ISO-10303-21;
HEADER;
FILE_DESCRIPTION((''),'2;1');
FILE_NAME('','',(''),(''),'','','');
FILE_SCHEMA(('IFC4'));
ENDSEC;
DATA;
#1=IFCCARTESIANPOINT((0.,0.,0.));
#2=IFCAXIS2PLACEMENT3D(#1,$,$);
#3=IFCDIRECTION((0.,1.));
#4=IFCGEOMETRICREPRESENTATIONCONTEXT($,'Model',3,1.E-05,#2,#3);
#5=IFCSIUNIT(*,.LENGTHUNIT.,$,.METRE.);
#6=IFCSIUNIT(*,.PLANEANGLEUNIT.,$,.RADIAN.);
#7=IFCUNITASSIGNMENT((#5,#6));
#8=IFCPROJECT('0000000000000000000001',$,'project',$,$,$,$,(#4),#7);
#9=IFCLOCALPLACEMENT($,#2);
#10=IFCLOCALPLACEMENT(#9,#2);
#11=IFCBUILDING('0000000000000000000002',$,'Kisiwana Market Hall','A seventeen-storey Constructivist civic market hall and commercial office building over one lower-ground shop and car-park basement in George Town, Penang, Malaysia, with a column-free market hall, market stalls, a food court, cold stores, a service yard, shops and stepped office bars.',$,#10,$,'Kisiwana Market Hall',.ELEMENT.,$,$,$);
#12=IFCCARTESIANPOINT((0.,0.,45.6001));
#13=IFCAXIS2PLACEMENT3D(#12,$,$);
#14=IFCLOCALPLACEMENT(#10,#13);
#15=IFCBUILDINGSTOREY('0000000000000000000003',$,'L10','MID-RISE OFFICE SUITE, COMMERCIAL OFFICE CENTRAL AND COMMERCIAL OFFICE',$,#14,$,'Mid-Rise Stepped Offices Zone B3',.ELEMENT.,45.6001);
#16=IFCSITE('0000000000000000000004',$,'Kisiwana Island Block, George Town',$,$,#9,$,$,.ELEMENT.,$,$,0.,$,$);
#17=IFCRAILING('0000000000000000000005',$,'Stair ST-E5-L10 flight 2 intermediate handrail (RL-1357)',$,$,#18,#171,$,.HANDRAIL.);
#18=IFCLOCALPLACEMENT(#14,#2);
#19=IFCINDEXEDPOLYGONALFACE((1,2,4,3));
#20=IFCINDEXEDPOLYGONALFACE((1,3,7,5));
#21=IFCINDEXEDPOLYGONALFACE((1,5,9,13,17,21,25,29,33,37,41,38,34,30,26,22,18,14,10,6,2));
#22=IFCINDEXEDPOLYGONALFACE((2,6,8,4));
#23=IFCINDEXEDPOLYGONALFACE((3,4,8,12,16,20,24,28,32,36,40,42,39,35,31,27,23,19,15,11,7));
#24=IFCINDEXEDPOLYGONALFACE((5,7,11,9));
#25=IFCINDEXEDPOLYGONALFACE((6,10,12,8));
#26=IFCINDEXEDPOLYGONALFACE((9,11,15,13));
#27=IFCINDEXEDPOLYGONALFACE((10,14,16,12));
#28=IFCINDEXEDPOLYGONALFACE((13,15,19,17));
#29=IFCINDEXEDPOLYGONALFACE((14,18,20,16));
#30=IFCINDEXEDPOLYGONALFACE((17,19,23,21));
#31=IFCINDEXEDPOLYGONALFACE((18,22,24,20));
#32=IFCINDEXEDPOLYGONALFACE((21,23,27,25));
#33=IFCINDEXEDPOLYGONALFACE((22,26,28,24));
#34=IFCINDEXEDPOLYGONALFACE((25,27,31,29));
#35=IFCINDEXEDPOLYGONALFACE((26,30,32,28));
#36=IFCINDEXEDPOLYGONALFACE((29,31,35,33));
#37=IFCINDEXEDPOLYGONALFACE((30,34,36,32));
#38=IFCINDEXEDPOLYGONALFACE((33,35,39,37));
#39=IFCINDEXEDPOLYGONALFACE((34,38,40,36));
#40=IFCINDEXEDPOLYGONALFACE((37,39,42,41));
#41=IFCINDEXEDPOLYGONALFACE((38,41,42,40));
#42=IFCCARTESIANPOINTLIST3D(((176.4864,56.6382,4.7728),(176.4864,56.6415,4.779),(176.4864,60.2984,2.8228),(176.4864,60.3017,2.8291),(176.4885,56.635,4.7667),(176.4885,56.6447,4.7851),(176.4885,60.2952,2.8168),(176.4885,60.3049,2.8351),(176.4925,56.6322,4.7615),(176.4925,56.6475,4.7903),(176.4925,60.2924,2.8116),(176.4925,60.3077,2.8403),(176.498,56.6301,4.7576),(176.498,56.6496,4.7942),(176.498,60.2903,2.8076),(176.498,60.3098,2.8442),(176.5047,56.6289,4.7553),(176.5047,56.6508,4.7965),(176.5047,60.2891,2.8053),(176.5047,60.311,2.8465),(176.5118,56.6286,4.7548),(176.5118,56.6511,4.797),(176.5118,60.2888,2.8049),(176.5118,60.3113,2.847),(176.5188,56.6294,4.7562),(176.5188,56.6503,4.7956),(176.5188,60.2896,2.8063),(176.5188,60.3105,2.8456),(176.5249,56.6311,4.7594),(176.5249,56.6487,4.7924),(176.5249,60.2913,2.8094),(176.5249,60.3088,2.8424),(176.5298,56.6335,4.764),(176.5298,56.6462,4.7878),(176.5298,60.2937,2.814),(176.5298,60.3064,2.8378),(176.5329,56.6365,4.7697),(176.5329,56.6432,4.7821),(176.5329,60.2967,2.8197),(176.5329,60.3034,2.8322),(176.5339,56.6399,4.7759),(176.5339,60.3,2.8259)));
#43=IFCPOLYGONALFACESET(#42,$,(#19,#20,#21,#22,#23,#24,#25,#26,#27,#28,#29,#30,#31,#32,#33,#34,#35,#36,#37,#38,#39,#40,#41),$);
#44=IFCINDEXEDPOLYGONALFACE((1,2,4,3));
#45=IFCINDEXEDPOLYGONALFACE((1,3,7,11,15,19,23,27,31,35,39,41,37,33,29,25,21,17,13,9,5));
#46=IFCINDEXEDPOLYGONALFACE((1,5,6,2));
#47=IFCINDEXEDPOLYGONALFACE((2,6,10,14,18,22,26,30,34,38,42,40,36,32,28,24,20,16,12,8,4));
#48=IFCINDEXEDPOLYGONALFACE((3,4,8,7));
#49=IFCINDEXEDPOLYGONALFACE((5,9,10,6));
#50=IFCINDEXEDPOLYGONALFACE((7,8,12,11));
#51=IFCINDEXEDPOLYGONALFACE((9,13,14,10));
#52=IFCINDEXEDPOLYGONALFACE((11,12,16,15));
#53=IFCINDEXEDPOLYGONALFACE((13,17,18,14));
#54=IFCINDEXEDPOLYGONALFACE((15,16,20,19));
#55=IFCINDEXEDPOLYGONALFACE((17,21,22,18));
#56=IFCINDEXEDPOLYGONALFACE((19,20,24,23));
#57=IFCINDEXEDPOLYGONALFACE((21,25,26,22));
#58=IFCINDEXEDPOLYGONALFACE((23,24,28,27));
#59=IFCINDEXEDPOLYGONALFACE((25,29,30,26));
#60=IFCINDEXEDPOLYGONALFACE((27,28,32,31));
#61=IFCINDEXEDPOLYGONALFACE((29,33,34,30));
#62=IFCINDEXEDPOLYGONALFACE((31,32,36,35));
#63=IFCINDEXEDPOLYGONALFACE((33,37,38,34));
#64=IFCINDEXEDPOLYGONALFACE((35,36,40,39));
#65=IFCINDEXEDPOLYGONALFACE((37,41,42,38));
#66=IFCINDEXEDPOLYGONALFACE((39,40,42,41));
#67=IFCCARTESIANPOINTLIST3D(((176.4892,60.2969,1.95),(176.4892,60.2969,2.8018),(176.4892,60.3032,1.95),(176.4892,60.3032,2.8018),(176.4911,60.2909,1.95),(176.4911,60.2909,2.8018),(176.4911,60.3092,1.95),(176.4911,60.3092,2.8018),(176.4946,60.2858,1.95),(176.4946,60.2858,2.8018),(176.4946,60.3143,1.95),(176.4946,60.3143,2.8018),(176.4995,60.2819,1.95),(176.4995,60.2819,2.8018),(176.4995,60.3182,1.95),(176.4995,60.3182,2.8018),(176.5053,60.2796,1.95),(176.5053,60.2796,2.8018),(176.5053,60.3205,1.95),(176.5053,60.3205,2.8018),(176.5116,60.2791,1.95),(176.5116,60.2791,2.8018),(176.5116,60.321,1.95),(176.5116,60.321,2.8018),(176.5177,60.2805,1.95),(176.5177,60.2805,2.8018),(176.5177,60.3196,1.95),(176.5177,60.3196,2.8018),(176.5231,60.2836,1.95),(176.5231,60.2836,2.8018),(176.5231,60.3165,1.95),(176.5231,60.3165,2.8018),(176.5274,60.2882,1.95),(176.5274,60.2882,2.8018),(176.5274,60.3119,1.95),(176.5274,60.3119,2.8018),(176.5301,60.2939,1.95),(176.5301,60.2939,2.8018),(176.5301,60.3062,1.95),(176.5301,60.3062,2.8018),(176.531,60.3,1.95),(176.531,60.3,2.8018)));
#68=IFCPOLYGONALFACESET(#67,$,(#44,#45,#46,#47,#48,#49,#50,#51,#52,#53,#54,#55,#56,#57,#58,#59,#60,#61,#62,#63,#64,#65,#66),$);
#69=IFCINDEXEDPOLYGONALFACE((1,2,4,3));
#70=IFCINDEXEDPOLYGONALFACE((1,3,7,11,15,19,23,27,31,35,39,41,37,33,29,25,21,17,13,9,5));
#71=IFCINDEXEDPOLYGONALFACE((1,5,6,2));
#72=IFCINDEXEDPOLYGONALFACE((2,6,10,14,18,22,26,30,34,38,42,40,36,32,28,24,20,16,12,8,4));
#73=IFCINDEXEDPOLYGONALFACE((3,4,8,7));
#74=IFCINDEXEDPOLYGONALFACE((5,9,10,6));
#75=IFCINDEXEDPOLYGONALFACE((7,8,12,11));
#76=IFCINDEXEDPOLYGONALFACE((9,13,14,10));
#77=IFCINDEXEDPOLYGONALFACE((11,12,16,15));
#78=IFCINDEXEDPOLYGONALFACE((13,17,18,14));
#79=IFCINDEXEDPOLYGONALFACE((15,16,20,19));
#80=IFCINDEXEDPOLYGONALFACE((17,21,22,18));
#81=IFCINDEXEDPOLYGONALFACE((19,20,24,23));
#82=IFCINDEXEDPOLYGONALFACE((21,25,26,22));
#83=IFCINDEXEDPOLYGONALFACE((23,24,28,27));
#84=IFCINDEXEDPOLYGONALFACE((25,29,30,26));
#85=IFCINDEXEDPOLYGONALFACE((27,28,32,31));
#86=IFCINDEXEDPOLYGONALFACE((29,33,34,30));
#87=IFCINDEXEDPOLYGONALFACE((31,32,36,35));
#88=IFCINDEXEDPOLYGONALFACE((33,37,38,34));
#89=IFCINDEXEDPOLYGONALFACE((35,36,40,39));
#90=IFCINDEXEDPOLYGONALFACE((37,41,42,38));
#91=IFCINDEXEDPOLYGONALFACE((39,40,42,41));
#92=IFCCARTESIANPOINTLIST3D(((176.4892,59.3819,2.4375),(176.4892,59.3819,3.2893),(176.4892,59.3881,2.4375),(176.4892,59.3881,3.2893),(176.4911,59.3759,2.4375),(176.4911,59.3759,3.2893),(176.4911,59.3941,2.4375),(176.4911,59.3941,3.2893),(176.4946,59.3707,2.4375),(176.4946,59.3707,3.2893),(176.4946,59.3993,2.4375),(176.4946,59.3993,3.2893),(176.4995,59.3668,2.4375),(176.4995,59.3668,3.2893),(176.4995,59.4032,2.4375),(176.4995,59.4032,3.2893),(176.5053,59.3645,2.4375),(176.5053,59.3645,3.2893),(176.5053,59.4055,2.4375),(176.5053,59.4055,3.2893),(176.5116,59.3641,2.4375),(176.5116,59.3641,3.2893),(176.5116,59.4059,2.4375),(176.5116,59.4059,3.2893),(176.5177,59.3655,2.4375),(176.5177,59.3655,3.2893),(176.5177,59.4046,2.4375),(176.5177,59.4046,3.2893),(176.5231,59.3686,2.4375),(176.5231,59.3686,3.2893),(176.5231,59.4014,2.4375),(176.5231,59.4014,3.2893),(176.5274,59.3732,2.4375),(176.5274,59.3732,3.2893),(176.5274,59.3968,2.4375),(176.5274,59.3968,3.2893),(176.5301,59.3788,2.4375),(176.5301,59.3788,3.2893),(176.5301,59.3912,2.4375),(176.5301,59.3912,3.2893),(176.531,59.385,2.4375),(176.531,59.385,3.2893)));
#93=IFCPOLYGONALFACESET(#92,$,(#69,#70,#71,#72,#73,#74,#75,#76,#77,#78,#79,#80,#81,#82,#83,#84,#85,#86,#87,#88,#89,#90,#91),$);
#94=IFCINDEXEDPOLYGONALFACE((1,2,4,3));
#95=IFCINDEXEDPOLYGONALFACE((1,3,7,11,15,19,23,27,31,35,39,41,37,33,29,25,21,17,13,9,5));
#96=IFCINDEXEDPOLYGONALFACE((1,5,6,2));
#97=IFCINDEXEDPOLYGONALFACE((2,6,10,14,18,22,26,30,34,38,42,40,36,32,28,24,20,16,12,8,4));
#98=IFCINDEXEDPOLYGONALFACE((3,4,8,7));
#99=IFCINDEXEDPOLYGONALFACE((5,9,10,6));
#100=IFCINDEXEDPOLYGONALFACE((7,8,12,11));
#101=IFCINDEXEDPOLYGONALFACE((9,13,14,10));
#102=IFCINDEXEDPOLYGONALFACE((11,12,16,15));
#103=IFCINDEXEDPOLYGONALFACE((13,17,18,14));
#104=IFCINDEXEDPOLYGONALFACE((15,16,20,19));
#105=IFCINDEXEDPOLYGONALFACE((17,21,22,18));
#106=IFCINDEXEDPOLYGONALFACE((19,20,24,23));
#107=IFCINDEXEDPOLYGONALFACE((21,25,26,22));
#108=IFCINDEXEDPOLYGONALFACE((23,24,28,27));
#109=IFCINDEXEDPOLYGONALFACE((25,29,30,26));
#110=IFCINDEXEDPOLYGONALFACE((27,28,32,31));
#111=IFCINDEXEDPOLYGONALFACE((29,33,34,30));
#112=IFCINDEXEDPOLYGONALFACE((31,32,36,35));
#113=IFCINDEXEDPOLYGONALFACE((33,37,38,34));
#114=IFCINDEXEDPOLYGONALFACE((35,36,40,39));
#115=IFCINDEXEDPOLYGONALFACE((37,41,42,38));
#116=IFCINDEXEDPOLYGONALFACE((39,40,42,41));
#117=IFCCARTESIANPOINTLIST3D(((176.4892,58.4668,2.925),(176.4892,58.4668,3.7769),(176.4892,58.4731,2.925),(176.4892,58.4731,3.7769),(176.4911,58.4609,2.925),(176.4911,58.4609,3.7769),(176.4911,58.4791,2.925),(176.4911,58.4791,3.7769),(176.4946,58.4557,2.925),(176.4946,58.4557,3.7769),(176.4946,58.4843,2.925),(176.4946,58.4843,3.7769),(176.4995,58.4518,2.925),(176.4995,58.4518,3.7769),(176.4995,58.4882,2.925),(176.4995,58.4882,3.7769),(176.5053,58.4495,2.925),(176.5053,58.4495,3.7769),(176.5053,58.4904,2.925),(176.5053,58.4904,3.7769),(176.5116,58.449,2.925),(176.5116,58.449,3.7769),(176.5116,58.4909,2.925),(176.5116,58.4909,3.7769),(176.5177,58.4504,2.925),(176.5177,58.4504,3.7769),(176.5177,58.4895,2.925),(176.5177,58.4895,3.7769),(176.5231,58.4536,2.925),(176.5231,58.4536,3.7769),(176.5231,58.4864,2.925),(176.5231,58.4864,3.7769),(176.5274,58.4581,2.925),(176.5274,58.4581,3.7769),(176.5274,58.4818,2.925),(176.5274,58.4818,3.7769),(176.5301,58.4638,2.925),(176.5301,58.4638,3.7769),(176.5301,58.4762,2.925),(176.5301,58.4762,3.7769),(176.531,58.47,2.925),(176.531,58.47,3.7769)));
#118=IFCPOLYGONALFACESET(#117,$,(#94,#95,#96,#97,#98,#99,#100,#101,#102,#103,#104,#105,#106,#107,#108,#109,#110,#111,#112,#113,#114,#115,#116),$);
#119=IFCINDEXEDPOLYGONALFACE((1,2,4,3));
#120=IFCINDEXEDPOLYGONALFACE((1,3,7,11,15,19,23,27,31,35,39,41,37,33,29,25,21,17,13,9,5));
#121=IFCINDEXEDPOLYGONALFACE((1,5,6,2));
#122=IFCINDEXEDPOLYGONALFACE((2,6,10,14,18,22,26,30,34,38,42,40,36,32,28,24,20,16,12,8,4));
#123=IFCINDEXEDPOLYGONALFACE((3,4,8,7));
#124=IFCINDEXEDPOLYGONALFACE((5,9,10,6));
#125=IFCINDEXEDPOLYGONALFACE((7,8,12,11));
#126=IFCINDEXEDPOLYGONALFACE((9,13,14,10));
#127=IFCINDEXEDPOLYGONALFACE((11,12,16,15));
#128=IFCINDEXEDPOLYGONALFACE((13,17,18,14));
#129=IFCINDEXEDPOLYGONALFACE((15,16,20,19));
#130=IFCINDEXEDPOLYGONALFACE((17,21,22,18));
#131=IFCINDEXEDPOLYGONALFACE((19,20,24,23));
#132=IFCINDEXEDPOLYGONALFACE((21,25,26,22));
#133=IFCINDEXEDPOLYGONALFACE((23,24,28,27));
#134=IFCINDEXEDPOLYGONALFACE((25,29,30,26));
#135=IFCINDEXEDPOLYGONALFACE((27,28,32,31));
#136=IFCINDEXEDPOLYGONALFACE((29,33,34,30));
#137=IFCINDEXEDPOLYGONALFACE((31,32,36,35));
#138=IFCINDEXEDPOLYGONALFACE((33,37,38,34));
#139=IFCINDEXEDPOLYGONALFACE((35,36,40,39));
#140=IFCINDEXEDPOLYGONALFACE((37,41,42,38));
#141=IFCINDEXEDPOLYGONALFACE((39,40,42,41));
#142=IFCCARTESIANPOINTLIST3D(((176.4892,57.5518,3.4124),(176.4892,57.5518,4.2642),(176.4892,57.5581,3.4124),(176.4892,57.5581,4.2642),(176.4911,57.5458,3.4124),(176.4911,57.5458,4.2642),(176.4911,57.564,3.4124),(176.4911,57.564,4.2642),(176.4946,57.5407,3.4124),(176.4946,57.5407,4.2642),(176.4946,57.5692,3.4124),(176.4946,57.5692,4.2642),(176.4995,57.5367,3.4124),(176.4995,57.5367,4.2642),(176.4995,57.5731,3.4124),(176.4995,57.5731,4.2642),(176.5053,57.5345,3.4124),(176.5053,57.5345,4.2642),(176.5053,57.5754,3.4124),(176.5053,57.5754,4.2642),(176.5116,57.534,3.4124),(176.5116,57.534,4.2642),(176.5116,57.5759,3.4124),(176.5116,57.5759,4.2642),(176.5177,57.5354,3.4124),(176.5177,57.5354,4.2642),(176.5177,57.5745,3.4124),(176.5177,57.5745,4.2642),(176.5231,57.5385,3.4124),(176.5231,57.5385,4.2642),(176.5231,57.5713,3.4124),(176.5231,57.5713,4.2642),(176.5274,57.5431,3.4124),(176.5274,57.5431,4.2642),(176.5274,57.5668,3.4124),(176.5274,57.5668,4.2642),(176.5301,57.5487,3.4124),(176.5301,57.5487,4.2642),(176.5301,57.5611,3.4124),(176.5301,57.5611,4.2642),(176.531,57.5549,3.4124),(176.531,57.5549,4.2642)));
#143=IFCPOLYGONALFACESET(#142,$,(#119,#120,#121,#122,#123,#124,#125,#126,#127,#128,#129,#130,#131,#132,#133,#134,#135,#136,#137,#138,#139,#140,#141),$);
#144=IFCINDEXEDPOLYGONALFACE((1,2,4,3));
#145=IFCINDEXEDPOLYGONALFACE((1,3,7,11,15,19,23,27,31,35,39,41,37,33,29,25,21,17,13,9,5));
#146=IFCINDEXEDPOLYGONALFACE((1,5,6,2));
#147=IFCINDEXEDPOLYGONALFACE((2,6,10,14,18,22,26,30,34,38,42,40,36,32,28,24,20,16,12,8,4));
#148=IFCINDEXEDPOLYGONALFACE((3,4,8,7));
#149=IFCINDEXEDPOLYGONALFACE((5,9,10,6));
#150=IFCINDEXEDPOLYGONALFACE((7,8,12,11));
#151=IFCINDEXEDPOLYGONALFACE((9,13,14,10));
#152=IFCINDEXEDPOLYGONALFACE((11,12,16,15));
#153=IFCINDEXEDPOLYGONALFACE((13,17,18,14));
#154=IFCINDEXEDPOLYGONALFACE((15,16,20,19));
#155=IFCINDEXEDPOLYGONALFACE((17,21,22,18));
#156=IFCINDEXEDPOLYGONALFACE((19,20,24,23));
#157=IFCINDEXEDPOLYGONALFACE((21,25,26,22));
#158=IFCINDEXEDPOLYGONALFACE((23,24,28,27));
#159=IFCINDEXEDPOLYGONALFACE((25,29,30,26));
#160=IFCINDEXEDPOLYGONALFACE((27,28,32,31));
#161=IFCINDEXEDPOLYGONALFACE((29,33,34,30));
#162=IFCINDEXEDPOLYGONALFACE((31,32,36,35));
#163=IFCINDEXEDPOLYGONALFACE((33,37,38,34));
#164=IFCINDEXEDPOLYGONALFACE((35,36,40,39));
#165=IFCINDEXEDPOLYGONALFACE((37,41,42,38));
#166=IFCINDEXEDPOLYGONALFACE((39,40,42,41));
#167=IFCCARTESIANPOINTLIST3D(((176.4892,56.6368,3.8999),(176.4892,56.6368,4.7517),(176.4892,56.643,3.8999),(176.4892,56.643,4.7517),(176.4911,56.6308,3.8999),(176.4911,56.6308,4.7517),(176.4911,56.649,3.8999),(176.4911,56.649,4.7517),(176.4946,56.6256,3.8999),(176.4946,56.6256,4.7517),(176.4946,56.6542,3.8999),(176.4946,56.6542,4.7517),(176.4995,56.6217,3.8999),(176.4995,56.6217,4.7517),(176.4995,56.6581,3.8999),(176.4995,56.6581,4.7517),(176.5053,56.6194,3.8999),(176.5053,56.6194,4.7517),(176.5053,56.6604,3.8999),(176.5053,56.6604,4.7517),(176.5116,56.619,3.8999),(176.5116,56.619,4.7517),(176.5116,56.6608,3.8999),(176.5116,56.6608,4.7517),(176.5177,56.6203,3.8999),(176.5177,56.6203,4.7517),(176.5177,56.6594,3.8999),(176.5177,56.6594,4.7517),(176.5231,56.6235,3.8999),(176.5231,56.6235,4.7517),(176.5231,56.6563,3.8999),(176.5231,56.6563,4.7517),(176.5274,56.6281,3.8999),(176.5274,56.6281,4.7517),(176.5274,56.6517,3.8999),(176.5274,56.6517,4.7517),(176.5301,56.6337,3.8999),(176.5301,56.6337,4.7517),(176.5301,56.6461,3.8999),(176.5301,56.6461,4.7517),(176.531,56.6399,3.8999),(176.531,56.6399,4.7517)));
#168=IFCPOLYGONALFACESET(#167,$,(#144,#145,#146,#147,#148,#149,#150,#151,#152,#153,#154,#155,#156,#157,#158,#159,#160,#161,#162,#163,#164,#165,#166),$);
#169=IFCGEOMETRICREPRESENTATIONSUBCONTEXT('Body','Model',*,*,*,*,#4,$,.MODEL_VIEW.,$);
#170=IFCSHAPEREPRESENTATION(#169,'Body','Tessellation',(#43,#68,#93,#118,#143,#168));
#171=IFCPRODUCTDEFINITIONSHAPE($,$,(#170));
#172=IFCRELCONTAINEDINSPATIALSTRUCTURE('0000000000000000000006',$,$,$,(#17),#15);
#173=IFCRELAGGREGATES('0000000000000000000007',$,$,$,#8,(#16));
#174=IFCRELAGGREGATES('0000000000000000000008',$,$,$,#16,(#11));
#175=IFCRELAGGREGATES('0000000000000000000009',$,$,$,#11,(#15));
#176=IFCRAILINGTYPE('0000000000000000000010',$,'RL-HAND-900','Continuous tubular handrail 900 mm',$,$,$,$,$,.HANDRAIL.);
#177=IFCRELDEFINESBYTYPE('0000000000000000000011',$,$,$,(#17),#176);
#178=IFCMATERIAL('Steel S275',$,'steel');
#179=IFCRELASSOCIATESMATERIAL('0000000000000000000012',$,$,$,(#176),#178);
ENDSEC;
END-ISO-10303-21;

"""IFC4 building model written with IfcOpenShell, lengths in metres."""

from ifc_helpers import new_model, si_unit, direction, frame, origin, origin_2d, place, context, subcontext, project, spatial, circle, extrude, material, type_object, element, save


model = new_model("IFC4")

# Units and contexts
model_context = context("Model", 3, precision=1e-05, world=origin(), true_north=direction((0.0, 1.0)))
body_context = subcontext(model_context, "Body", "Model", "MODEL_VIEW")
ifc_project = project(units=[si_unit("LENGTHUNIT", "METRE"), si_unit("PLANEANGLEUNIT", "RADIAN")], contexts=[model_context])

# Site, building, storey
site_placement = place(None, origin())
site = spatial("IfcSite", under=ifc_project, at=site_placement, Name="Kisiwana Island Block, George Town", CompositionType="ELEMENT", RefElevation=0.0)
building_placement = place(site_placement, origin())
building = spatial("IfcBuilding", under=site, at=building_placement, Name="Kisiwana Market Hall", Description="A seventeen-storey Constructivist civic market hall and commercial office building over one lower-ground shop and car-park basement in George Town, Penang, Malaysia, with a column-free market hall, market stalls, a food court, cold stores, a service yard, shops and stepped office bars.", LongName="Kisiwana Market Hall", CompositionType="ELEMENT")
storey_placement = place(building_placement, frame((0.0, 0.0, 45.6001)))
storey = spatial("IfcBuildingStorey", under=building, at=storey_placement, Name="L10", Description="MID-RISE OFFICE SUITE, COMMERCIAL OFFICE CENTRAL AND COMMERCIAL OFFICE", LongName="Mid-Rise Stepped Offices Zone B3", CompositionType="ELEMENT", Elevation=45.6001)

# Railing
ifc_material_1 = material(Name="Steel S275", Category="steel")
railing_type_1 = type_object("IfcRailingType", Name="RL-HAND-900", Description="Continuous tubular handrail 900 mm", PredefinedType="HANDRAIL", material=ifc_material_1)
railing_1_placement = place(storey_placement, frame((176.51, 60.3, 1.95)))
element("IfcRailing", 1, at=railing_1_placement, inside=storey, type_object=railing_type_1, Name="Stair ST-E5-L10 flight 2 intermediate handrail (RL-1357)", PredefinedType="HANDRAIL", context=body_context, shape_type="SweptSolid", body=[
    extrude(circle(Radius=0.0239, at=origin_2d()), frame((0.0, 0.0, 0.876), z_axis=(0.0, -0.882566, 0.470188), x_axis=(1.0, 0.0, 0.0)), (0.0, 0.0, 1.0), 4.1472),
    extrude(circle(Radius=0.021, at=origin_2d()), origin(), (0.0, 0.0, 1.0), 0.8518),
    extrude(circle(Radius=0.021, at=origin_2d()), frame((0.0, -0.915, 0.4875)), (0.0, 0.0, 1.0), 0.8518),
    extrude(circle(Radius=0.021, at=origin_2d()), frame((0.0, -1.8301, 0.9751)), (0.0, 0.0, 1.0), 0.8518),
    extrude(circle(Radius=0.021, at=origin_2d()), frame((0.0, -2.7451, 1.4624)), (0.0, 0.0, 1.0), 0.8518),
    extrude(circle(Radius=0.021, at=origin_2d()), frame((0.0, -3.6602, 1.95)), (0.0, 0.0, 1.0), 0.8518),
])

save(model, "model.ifc")
